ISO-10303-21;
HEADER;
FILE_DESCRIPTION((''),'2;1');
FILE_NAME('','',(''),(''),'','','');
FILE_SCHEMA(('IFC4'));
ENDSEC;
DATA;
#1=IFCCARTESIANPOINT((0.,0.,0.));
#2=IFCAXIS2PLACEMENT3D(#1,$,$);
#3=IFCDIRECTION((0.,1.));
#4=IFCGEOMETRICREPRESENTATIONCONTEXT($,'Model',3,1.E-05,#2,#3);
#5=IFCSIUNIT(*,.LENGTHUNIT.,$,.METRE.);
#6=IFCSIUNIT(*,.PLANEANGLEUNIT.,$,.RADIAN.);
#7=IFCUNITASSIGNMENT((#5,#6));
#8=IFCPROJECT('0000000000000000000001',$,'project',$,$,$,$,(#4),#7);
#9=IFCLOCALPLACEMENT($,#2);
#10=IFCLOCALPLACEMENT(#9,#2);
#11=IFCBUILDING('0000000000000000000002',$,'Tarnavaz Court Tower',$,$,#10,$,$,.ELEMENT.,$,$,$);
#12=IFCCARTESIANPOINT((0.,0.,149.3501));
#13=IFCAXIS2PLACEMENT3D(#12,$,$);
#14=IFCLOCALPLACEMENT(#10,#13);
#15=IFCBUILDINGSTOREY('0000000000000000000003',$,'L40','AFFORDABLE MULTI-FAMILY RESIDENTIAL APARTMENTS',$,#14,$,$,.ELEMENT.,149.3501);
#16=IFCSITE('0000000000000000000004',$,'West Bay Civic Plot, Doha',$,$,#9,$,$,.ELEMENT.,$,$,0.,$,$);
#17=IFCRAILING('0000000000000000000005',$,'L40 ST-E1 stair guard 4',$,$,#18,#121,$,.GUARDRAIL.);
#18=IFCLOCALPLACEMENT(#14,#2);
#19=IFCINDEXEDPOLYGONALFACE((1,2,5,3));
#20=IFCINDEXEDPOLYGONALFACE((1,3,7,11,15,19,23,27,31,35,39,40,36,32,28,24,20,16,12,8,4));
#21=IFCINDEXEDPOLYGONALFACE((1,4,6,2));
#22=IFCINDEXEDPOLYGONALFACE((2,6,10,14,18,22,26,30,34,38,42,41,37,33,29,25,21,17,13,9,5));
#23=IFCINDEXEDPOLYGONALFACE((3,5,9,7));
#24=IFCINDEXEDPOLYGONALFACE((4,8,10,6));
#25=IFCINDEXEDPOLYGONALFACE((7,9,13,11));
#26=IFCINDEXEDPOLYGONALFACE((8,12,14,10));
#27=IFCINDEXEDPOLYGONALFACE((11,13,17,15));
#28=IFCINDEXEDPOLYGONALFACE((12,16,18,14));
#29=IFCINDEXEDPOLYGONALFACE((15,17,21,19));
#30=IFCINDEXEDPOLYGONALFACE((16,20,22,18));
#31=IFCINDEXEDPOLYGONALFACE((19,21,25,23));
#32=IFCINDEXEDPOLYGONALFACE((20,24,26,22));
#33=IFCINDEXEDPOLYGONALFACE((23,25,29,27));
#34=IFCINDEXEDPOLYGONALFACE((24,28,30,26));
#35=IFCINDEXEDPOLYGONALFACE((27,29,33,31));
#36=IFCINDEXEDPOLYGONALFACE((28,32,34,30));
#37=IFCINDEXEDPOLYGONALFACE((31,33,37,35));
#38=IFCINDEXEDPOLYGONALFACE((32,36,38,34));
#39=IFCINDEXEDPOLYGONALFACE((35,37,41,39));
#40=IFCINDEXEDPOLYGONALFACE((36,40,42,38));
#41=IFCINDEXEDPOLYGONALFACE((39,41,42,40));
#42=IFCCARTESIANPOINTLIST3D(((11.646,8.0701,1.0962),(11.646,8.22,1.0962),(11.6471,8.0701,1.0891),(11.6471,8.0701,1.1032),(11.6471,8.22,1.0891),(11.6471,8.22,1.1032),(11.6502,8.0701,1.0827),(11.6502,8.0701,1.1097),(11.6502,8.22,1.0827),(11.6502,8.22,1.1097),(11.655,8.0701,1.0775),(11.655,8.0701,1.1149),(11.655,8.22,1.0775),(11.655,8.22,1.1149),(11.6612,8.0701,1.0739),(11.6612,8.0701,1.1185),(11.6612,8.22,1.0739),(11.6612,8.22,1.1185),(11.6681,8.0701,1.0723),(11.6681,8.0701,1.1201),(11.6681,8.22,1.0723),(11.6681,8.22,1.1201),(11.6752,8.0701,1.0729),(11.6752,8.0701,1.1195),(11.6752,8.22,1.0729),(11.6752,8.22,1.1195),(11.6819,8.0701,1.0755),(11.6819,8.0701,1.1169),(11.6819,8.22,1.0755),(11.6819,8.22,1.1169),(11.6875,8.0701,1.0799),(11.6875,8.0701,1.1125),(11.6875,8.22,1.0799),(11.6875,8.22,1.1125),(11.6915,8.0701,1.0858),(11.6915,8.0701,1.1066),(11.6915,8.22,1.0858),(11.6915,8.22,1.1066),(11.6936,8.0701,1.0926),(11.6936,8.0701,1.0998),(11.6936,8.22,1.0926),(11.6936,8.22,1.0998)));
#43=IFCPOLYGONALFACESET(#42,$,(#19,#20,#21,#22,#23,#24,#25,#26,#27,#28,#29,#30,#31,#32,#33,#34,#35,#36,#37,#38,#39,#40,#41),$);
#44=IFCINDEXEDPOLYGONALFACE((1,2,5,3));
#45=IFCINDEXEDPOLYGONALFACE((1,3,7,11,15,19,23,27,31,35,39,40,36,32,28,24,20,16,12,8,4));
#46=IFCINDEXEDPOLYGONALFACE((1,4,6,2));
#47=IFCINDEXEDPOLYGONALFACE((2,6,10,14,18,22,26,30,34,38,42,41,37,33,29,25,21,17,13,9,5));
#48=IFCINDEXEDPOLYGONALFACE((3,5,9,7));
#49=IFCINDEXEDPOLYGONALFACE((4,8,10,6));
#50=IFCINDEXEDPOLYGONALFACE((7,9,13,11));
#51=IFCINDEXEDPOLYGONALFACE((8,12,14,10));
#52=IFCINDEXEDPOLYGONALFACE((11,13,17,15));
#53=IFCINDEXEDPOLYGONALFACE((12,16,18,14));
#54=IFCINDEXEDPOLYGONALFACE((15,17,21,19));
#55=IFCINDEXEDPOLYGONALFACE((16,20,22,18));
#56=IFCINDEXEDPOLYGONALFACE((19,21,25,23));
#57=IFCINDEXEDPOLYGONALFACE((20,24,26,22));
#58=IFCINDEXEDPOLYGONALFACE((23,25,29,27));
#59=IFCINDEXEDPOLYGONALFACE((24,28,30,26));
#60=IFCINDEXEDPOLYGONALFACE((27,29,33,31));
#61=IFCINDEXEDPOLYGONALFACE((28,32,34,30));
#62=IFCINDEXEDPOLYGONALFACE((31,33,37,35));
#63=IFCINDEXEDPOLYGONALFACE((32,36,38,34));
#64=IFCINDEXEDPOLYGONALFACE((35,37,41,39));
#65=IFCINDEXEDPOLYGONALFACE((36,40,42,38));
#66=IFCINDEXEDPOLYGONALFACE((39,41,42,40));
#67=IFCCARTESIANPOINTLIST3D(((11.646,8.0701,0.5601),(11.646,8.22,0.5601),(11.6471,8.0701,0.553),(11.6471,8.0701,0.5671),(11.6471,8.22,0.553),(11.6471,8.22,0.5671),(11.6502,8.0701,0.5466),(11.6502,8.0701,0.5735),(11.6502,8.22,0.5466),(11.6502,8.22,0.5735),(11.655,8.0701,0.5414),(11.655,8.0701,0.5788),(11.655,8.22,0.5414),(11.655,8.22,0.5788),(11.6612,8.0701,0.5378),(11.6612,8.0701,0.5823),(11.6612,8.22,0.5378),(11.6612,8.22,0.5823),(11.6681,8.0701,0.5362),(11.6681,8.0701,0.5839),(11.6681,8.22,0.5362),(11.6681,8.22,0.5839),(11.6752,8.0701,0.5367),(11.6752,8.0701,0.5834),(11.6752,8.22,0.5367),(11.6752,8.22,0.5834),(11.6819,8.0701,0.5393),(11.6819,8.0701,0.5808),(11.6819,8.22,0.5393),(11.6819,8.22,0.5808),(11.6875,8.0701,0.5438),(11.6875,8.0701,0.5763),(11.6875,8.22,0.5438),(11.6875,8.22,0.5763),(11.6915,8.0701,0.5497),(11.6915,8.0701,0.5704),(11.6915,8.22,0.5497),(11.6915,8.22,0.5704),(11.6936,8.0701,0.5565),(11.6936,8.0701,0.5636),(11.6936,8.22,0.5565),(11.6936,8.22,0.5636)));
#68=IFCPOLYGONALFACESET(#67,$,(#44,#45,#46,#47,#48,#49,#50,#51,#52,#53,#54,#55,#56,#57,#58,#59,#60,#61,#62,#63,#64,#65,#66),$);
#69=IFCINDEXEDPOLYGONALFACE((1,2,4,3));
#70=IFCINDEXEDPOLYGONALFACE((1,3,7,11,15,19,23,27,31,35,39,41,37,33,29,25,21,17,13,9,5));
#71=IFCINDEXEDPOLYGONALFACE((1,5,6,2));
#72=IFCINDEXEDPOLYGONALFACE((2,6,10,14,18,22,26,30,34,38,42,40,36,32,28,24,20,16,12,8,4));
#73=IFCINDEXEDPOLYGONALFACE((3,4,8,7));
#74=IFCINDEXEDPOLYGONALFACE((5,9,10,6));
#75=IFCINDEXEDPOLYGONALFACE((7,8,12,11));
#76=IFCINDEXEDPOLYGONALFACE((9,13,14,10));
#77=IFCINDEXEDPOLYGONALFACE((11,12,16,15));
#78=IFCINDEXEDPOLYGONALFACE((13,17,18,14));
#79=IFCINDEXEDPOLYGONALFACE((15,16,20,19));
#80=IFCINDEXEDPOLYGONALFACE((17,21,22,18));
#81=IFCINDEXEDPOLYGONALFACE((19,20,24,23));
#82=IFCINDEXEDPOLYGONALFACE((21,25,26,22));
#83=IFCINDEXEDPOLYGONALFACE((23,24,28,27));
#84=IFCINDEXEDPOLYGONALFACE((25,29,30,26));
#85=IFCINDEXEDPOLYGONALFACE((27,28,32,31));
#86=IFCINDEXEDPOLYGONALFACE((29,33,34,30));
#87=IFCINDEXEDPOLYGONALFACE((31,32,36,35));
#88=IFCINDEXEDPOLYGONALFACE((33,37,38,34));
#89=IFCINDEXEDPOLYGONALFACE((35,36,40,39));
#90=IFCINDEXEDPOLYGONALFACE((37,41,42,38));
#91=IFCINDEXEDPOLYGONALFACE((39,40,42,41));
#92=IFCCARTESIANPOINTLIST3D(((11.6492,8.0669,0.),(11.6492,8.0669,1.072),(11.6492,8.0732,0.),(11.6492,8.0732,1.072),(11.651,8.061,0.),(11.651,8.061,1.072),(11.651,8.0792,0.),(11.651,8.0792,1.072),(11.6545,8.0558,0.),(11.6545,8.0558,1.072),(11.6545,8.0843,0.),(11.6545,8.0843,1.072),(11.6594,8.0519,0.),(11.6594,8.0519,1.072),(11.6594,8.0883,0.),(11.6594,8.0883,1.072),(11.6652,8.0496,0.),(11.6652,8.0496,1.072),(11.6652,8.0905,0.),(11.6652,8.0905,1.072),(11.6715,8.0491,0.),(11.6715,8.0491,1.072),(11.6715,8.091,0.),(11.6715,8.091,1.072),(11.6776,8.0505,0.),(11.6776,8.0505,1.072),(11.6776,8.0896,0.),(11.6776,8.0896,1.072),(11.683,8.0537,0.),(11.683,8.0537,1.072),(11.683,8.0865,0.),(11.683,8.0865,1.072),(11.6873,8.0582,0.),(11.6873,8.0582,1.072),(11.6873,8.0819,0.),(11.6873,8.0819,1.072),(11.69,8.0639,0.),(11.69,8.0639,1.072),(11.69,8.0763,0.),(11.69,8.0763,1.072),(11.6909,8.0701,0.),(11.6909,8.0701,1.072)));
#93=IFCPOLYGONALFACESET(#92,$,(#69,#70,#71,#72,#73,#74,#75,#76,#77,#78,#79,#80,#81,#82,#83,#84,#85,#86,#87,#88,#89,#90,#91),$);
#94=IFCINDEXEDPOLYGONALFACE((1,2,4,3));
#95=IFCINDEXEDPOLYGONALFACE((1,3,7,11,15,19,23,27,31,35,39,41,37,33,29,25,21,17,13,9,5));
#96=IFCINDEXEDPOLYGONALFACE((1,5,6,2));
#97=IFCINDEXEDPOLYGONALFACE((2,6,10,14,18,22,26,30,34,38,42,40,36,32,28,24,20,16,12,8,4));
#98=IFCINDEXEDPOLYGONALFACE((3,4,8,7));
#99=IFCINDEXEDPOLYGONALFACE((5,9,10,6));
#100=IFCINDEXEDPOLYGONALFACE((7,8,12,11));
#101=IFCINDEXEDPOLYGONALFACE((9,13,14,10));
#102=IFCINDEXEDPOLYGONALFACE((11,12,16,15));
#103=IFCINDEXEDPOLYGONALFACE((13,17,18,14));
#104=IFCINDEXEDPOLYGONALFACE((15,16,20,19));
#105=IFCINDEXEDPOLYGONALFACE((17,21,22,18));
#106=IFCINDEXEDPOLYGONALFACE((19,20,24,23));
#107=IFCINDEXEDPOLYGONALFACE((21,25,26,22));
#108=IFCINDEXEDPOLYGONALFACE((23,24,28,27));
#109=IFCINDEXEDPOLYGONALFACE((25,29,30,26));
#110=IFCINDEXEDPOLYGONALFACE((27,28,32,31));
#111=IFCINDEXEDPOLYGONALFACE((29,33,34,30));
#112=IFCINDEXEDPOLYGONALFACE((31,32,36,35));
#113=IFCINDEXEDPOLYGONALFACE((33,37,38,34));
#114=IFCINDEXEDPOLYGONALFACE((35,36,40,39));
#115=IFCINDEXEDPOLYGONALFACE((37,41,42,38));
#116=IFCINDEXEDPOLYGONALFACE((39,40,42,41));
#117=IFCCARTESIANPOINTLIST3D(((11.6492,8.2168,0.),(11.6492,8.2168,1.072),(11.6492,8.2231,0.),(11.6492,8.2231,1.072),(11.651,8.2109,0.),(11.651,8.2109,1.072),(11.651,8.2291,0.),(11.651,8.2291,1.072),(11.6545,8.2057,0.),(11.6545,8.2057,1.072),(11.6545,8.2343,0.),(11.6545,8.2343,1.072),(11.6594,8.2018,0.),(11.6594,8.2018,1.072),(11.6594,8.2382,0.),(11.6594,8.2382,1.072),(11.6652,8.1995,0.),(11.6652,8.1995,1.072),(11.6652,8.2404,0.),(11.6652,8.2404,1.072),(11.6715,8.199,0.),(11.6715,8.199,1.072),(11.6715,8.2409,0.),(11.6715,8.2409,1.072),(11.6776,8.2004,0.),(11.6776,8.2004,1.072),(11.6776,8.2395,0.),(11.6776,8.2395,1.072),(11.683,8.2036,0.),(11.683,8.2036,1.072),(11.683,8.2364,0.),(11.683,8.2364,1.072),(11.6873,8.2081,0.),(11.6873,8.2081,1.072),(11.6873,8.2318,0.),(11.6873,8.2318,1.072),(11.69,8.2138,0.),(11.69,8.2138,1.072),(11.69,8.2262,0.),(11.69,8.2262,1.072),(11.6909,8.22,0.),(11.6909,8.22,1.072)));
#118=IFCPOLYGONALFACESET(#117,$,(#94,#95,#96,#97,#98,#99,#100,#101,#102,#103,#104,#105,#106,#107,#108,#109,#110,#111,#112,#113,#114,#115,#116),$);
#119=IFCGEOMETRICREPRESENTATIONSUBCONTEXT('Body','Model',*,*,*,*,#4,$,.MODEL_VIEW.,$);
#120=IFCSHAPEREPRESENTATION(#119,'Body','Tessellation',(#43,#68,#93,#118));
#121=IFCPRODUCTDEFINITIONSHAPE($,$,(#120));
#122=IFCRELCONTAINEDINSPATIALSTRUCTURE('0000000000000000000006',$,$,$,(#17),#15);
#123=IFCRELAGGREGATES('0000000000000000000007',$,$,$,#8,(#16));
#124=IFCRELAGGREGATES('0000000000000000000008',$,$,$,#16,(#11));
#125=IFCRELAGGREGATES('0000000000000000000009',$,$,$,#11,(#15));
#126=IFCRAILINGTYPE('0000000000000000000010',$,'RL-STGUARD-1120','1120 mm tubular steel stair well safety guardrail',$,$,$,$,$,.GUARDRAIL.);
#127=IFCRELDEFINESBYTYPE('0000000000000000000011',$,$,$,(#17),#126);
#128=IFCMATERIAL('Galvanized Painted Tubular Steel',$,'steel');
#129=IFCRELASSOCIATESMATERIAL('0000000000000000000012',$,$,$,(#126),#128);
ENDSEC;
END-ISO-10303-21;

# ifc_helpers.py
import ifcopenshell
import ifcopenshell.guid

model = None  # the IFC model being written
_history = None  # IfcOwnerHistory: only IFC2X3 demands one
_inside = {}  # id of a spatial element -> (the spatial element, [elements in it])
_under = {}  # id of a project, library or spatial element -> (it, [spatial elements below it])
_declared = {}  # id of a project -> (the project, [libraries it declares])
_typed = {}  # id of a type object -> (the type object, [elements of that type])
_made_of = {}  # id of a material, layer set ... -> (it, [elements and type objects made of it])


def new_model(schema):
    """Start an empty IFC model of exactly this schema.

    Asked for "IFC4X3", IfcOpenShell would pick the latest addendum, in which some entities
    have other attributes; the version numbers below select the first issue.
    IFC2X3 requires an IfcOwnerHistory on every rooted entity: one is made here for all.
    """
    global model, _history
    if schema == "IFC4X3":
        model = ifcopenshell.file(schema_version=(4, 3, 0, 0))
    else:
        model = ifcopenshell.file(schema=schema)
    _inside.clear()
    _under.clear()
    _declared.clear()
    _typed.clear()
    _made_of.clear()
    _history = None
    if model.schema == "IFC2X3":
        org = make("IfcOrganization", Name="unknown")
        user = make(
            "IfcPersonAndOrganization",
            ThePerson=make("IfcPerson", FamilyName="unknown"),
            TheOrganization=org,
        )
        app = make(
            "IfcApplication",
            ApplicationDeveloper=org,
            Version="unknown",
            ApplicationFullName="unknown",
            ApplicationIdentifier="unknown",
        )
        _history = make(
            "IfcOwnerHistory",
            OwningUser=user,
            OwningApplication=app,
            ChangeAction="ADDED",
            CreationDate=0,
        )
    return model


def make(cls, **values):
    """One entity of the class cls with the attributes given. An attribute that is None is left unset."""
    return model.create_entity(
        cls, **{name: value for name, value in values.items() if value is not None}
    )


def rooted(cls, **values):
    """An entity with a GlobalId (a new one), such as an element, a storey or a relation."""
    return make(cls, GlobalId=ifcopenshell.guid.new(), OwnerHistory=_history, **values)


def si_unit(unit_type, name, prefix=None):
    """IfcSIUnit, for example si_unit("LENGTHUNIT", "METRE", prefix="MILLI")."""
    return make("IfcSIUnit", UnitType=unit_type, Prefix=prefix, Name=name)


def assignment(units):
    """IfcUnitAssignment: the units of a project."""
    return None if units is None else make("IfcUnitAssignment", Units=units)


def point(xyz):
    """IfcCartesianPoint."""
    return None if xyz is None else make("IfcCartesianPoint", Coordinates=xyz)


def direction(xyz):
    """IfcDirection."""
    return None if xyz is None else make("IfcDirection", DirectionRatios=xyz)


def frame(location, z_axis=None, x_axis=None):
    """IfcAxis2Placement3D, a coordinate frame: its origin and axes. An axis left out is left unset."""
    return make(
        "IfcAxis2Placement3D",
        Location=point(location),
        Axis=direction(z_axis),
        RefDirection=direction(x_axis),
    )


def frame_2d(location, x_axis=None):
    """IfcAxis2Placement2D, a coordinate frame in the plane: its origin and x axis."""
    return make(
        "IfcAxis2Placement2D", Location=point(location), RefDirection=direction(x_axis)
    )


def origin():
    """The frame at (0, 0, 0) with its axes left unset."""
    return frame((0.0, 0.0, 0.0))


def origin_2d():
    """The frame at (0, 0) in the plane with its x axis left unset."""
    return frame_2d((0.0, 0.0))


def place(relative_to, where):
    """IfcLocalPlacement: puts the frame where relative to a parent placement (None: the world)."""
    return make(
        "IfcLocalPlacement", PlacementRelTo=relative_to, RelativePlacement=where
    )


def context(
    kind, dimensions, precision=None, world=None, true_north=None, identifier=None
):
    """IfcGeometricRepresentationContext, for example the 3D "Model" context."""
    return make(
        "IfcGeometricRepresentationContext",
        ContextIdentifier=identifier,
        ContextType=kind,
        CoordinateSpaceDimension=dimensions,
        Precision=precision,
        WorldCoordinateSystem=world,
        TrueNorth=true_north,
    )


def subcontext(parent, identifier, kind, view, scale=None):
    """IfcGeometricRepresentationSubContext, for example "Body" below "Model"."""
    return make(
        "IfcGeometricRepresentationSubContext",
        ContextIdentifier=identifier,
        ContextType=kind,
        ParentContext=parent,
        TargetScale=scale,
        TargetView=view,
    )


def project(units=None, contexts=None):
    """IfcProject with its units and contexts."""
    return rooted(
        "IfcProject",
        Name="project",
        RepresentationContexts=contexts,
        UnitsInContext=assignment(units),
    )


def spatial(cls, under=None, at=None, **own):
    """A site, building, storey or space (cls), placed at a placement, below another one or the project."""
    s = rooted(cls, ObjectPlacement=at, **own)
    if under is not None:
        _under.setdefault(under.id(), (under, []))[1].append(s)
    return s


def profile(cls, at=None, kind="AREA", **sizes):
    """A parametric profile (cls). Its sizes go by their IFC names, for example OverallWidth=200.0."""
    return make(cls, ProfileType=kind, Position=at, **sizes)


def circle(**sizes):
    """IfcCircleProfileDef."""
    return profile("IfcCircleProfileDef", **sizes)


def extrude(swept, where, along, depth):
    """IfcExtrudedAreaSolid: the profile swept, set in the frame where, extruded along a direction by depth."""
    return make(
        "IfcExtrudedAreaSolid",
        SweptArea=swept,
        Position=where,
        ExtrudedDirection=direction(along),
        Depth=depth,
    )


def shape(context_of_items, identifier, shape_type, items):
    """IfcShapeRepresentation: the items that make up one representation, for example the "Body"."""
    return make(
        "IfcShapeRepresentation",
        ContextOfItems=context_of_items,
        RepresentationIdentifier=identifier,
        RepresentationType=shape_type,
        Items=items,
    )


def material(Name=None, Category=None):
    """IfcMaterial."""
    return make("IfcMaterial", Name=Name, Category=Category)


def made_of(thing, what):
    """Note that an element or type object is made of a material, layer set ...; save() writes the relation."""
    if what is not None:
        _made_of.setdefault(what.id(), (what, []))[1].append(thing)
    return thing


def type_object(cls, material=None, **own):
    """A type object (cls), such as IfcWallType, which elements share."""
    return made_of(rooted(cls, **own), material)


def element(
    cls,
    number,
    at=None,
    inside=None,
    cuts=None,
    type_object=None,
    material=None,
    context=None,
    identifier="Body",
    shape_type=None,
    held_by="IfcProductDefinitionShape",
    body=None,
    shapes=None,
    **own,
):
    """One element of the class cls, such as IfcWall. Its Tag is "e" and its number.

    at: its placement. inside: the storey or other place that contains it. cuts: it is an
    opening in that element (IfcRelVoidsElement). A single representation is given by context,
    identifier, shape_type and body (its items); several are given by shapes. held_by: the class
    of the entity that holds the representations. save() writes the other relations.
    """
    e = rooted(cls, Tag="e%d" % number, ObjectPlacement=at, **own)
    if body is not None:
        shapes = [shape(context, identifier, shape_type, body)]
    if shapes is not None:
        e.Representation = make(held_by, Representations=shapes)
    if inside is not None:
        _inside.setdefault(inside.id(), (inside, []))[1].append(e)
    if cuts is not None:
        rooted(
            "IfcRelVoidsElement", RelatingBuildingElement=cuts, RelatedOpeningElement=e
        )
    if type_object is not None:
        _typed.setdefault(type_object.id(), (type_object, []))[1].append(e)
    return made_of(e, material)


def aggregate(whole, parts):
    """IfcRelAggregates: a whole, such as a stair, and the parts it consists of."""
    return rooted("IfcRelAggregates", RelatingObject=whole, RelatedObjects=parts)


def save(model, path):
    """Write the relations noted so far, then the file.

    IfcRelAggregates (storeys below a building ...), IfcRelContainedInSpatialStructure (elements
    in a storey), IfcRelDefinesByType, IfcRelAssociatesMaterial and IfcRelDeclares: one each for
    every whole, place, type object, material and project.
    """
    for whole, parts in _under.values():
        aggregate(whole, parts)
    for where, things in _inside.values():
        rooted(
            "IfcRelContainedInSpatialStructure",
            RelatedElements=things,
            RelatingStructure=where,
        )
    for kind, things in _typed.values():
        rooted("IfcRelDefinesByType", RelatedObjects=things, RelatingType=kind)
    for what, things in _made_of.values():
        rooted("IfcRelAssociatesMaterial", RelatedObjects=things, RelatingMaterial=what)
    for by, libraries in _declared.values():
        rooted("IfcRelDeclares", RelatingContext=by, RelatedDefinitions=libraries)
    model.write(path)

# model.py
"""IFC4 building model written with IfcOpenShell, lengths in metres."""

from ifc_helpers import new_model, si_unit, direction, frame, origin, origin_2d, place, context, subcontext, project, spatial, circle, extrude, material, type_object, element, save


model = new_model("IFC4")

# Units and contexts
model_context = context("Model", 3, precision=1e-05, world=origin(), true_north=direction((0.0, 1.0)))
body_context = subcontext(model_context, "Body", "Model", "MODEL_VIEW")
ifc_project = project(units=[si_unit("LENGTHUNIT", "METRE"), si_unit("PLANEANGLEUNIT", "RADIAN")], contexts=[model_context])

# Site, building, storey
site_placement = place(None, origin())
site = spatial("IfcSite", under=ifc_project, at=site_placement, Name="West Bay Civic Plot, Doha", CompositionType="ELEMENT", RefElevation=0.0)
building_placement = place(site_placement, origin())
building = spatial("IfcBuilding", under=site, at=building_placement, Name="Tarnavaz Court Tower", CompositionType="ELEMENT")
storey_placement = place(building_placement, frame((0.0, 0.0, 149.3501)))
storey = spatial("IfcBuildingStorey", under=building, at=storey_placement, Name="L40", Description="AFFORDABLE MULTI-FAMILY RESIDENTIAL APARTMENTS", CompositionType="ELEMENT", Elevation=149.3501)

# Railing
ifc_material_1 = material(Name="Galvanized Painted Tubular Steel", Category="steel")
railing_type_1 = type_object("IfcRailingType", Name="RL-STGUARD-1120", Description="1120 mm tubular steel stair well safety guardrail", PredefinedType="GUARDRAIL", material=ifc_material_1)
railing_1_placement = place(storey_placement, frame((11.6699, 8.0701, 0.0)))
element("IfcRailing", 1, at=railing_1_placement, inside=storey, type_object=railing_type_1, Name="L40 ST-E1 stair guard 4", PredefinedType="GUARDRAIL", context=body_context, shape_type="SweptSolid", body=[
    extrude(circle(Radius=0.0239, at=origin_2d()), frame((0.0, 0.0, 1.0962), z_axis=(0.0, 1.0, 0.0), x_axis=(-1.0, 0.0, 0.0)), (0.0, 0.0, 1.0), 0.1499),
    extrude(circle(Radius=0.0239, at=origin_2d()), frame((0.0, 0.0, 0.5601), z_axis=(0.0, 1.0, 0.0), x_axis=(-1.0, 0.0, 0.0)), (0.0, 0.0, 1.0), 0.1499),
    extrude(circle(Radius=0.021, at=origin_2d()), origin(), (0.0, 0.0, 1.0), 1.072),
    extrude(circle(Radius=0.021, at=origin_2d()), frame((0.0, 0.1499, 0.0)), (0.0, 0.0, 1.0), 1.072),
])

save(model, "model.ifc")
